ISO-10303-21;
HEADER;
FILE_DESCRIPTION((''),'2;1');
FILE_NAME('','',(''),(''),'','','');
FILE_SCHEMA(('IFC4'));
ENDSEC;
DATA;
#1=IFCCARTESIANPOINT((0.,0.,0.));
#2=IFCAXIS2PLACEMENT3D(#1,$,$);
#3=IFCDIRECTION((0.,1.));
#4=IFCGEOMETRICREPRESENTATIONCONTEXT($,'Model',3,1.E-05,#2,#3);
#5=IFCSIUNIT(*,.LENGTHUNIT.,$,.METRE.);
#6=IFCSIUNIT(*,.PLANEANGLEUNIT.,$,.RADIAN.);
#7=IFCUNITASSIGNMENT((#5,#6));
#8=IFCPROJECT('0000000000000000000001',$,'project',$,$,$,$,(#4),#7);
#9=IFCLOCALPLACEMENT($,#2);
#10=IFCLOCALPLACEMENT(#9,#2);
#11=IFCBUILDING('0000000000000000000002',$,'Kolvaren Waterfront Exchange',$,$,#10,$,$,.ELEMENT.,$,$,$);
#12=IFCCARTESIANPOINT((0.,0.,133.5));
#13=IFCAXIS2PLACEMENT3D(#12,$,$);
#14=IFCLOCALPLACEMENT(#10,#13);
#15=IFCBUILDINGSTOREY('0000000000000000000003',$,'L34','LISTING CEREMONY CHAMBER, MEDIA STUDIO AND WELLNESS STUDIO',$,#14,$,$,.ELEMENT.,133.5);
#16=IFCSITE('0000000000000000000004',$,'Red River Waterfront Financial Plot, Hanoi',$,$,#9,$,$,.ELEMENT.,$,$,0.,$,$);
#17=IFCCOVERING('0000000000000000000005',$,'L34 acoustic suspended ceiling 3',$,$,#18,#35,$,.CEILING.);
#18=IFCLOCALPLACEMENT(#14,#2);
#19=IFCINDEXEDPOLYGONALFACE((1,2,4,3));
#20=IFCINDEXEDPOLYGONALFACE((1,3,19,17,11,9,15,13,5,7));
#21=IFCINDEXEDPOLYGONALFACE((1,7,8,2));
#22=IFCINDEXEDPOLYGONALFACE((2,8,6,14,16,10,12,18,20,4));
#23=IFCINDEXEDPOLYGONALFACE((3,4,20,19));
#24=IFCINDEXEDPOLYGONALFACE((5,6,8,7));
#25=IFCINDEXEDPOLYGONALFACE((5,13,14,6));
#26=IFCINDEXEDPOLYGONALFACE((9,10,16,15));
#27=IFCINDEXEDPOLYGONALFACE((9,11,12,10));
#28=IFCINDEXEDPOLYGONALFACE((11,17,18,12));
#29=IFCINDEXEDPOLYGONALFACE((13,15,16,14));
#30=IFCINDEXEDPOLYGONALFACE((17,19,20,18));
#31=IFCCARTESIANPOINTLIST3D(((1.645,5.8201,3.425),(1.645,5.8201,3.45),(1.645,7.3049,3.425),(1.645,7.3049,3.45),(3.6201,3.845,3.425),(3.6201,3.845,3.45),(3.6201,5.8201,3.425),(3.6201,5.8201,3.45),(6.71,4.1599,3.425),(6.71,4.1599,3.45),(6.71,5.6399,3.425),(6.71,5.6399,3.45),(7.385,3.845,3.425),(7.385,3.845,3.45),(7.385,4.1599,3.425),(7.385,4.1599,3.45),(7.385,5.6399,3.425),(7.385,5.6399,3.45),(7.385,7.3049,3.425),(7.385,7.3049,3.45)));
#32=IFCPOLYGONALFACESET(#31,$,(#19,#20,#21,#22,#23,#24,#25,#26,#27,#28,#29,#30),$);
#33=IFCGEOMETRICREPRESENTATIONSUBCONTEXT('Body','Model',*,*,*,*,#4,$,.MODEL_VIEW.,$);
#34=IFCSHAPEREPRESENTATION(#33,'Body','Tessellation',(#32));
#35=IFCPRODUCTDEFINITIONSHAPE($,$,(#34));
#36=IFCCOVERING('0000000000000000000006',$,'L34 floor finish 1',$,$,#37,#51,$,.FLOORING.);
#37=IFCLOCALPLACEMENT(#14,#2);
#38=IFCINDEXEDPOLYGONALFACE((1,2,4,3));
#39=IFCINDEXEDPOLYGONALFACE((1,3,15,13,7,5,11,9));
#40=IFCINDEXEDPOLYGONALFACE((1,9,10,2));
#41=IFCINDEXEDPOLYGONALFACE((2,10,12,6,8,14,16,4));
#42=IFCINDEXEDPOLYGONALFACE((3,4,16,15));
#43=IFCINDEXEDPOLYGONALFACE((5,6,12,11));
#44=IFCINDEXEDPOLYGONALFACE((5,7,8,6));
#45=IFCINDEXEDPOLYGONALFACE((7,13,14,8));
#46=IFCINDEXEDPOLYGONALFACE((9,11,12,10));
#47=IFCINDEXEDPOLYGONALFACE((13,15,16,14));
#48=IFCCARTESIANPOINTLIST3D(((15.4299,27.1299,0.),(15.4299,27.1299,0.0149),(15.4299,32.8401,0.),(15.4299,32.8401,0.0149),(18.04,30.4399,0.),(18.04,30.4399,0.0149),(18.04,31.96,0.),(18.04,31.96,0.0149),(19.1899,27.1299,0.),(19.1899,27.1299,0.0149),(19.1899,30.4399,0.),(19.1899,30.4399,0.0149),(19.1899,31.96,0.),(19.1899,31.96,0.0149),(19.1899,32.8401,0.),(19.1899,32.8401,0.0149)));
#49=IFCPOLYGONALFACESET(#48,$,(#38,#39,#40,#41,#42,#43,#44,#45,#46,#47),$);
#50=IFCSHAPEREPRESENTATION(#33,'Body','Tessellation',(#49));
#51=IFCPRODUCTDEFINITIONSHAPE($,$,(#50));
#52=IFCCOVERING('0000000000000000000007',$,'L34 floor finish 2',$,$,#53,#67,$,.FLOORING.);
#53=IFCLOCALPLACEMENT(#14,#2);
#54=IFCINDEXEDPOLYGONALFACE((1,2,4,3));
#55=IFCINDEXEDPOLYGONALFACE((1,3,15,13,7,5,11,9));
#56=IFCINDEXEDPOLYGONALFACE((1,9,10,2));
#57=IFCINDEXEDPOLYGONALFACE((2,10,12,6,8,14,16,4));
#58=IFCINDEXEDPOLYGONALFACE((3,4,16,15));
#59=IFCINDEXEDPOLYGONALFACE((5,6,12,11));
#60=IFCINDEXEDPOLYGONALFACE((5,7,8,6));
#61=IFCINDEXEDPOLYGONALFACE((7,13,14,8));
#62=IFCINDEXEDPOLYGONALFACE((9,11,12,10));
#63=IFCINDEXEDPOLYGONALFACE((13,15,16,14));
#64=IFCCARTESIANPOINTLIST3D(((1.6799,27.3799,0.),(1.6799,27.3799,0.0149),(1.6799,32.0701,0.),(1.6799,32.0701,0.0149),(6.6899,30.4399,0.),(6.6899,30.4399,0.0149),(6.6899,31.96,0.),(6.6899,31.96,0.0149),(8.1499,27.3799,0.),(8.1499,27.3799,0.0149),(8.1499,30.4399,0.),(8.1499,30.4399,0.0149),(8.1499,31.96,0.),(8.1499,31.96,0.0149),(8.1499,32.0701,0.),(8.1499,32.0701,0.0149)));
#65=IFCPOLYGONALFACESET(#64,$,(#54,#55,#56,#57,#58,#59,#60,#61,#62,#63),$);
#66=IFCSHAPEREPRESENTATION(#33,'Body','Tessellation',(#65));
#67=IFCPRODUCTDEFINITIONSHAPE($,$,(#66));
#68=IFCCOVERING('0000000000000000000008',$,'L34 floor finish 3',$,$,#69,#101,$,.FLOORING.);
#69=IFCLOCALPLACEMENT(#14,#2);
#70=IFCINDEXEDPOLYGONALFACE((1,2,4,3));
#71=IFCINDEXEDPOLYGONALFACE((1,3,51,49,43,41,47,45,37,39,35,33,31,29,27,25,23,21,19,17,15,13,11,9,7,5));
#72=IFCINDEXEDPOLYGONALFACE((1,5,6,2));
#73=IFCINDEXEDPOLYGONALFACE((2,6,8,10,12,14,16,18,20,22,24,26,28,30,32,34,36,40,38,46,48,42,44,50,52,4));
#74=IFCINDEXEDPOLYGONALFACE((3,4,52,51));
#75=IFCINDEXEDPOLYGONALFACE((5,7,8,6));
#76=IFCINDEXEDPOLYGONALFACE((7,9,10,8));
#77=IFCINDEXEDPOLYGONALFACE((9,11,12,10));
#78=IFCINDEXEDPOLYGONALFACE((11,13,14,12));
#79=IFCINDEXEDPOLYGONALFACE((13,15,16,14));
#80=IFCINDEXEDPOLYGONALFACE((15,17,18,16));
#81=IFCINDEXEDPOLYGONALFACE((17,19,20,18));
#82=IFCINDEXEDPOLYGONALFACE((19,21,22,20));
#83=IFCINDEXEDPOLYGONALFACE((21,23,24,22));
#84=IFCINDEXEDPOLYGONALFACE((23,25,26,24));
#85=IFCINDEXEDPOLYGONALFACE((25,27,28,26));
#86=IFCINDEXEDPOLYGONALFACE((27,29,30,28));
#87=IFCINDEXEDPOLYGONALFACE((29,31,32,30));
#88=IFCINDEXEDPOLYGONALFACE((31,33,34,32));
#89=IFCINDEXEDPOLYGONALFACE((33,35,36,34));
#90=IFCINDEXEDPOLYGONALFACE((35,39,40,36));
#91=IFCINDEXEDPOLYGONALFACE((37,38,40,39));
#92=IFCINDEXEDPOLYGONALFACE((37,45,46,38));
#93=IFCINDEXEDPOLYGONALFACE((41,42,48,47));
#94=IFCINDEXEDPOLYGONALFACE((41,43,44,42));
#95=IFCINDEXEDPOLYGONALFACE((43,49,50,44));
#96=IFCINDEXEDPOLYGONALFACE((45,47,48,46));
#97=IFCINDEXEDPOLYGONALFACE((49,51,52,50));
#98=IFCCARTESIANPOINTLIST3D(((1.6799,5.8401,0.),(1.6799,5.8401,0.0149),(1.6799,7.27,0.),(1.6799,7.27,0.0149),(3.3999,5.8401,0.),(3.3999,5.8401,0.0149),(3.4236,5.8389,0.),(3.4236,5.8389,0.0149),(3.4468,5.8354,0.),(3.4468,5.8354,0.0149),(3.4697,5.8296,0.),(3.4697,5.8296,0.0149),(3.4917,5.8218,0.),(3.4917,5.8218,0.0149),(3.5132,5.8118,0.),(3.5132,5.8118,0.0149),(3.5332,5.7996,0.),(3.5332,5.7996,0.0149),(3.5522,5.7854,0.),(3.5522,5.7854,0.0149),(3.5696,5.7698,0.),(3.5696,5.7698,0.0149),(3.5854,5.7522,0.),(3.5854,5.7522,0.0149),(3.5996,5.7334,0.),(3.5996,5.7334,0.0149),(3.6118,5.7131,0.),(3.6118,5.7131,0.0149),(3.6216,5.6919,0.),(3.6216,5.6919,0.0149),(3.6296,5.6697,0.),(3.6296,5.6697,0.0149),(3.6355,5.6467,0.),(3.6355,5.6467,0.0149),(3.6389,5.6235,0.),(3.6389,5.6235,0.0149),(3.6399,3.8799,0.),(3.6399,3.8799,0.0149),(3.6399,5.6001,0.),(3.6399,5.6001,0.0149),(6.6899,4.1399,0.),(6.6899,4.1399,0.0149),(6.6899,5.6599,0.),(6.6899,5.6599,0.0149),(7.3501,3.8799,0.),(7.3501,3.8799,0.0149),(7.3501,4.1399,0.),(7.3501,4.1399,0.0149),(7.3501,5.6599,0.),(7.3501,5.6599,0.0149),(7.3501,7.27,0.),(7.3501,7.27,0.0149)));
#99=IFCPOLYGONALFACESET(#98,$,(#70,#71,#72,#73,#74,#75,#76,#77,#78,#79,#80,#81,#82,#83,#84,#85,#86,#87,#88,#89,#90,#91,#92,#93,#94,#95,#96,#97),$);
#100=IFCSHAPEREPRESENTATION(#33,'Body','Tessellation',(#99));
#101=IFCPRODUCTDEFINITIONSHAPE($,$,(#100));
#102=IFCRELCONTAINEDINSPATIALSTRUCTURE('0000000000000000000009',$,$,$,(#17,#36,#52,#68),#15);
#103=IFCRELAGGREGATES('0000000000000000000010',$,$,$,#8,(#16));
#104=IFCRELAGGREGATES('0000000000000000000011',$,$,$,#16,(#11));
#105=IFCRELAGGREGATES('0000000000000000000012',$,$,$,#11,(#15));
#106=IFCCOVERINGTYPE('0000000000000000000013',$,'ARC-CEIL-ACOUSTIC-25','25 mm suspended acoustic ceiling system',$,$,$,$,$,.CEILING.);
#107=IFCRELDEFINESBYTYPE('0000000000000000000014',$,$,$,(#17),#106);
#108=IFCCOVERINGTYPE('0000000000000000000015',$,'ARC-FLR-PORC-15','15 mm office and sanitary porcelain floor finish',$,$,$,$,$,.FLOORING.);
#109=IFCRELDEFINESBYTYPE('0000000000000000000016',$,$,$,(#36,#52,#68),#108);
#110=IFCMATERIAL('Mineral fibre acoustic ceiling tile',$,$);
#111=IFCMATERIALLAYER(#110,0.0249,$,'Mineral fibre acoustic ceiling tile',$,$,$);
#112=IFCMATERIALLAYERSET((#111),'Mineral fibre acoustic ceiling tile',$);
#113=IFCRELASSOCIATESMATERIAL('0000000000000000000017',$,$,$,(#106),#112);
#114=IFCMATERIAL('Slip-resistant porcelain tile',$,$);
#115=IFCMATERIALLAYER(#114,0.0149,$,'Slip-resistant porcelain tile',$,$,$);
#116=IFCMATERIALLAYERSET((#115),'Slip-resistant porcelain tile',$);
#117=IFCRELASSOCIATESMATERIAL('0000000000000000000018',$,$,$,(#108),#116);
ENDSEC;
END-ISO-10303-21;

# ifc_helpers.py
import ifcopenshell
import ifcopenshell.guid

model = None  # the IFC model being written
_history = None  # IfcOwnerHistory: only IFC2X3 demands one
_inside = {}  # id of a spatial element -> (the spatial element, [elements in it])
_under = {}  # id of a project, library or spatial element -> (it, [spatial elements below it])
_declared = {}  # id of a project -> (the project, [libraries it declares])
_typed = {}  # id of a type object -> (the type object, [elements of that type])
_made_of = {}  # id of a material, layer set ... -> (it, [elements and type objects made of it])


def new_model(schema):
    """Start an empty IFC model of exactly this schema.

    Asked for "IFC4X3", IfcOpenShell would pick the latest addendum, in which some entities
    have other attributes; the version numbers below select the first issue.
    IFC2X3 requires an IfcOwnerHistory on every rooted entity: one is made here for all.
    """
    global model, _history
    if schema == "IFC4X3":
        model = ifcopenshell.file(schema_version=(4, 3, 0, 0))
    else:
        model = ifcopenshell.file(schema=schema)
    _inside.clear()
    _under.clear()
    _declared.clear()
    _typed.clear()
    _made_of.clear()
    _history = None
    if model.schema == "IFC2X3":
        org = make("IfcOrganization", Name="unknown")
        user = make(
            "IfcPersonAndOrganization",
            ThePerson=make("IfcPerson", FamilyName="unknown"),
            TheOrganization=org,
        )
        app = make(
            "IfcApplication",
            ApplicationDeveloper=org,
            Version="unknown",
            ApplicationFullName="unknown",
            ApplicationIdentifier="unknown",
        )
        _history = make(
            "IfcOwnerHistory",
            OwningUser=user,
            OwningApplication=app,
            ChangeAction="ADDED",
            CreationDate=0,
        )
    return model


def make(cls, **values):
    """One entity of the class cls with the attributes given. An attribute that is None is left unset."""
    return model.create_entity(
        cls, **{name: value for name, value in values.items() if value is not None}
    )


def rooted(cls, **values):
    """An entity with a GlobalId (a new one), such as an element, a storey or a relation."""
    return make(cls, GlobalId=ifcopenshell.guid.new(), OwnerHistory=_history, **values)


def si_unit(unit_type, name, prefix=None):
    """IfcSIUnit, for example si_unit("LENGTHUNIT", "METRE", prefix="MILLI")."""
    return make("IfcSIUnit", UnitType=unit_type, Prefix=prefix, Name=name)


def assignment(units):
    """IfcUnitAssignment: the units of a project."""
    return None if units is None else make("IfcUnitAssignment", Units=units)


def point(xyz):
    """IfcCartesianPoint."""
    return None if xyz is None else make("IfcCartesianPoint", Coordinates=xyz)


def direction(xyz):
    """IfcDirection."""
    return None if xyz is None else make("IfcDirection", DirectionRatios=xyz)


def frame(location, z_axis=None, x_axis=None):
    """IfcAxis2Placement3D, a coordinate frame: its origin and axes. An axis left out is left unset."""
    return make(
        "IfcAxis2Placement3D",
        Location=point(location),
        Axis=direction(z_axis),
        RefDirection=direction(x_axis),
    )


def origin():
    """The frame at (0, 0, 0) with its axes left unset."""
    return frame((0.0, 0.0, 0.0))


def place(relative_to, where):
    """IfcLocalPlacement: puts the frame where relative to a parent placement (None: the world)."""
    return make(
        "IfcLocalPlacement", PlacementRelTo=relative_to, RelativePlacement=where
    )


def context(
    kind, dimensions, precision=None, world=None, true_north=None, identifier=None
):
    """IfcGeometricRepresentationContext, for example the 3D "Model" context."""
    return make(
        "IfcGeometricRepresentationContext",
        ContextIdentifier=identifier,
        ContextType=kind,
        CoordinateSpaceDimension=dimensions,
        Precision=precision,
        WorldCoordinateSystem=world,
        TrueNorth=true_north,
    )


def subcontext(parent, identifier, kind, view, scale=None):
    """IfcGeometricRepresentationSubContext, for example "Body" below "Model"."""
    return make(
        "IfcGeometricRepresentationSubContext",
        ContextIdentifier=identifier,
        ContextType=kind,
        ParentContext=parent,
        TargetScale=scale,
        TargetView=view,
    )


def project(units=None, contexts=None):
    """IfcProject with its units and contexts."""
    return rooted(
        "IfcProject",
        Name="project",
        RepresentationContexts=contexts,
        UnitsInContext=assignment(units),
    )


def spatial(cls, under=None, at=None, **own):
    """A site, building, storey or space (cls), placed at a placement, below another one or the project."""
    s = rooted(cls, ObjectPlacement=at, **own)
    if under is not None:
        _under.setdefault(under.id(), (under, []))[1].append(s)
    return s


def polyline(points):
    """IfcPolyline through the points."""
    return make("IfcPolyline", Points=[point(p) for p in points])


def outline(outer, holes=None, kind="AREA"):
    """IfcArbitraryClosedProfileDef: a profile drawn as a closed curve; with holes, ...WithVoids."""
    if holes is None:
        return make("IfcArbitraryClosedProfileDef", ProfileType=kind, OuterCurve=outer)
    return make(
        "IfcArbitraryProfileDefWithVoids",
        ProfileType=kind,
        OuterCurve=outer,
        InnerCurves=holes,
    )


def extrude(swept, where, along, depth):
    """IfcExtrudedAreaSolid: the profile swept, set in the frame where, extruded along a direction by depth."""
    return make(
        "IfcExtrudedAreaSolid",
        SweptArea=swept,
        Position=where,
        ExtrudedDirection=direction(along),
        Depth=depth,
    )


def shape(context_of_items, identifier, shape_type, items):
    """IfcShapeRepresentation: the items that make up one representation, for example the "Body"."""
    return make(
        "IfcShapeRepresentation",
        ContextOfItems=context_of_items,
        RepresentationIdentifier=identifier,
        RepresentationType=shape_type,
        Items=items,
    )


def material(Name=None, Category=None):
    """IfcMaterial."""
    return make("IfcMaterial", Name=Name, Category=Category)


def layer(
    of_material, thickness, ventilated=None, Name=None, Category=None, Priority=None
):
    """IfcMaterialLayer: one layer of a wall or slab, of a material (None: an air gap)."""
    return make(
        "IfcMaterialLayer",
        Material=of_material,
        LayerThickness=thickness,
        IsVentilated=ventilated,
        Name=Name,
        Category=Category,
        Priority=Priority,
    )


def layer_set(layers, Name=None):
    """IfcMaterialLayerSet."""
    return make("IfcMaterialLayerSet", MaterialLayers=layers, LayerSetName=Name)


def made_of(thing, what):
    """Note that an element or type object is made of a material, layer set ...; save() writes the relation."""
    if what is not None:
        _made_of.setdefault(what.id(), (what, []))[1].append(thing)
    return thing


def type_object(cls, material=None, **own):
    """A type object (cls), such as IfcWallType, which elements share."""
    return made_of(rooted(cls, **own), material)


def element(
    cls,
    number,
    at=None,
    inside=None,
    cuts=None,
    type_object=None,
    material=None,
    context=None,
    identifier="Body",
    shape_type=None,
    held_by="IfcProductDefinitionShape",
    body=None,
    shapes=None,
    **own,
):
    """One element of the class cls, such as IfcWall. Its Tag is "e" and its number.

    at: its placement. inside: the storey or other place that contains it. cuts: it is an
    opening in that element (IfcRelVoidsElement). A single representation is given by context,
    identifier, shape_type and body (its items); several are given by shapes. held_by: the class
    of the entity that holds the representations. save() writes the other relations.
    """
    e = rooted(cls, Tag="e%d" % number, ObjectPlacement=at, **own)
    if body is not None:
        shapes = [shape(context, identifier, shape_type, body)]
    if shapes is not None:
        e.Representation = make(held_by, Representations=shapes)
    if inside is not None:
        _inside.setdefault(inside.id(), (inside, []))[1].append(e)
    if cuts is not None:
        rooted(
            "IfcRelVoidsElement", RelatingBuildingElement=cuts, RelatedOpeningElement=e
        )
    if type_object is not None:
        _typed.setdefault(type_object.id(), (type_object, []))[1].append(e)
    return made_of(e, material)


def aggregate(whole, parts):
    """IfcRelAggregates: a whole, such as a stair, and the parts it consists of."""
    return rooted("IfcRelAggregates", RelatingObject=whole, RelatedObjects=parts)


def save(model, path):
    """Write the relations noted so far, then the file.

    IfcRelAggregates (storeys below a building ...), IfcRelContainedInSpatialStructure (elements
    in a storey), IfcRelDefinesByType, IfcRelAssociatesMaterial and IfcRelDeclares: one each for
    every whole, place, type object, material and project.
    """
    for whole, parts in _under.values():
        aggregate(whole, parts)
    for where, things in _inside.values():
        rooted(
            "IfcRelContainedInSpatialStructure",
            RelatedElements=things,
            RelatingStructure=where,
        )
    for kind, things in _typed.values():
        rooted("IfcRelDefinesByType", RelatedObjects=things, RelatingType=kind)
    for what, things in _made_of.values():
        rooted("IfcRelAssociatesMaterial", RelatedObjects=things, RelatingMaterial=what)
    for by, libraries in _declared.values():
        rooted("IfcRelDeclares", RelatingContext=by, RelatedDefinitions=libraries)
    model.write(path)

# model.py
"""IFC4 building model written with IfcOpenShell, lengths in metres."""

from ifc_helpers import new_model, si_unit, direction, frame, origin, place, context, subcontext, project, spatial, polyline, outline, extrude, material, layer, layer_set, type_object, element, save


model = new_model("IFC4")

# Units and contexts
model_context = context("Model", 3, precision=1e-05, world=origin(), true_north=direction((0.0, 1.0)))
body_context = subcontext(model_context, "Body", "Model", "MODEL_VIEW")
ifc_project = project(units=[si_unit("LENGTHUNIT", "METRE"), si_unit("PLANEANGLEUNIT", "RADIAN")], contexts=[model_context])

# Site, building, storey
site_placement = place(None, origin())
site = spatial("IfcSite", under=ifc_project, at=site_placement, Name="Red River Waterfront Financial Plot, Hanoi", CompositionType="ELEMENT", RefElevation=0.0)
building_placement = place(site_placement, origin())
building = spatial("IfcBuilding", under=site, at=building_placement, Name="Kolvaren Waterfront Exchange", CompositionType="ELEMENT")
storey_placement = place(building_placement, frame((0.0, 0.0, 133.5)))
storey = spatial("IfcBuildingStorey", under=building, at=storey_placement, Name="L34", Description="LISTING CEREMONY CHAMBER, MEDIA STUDIO AND WELLNESS STUDIO", CompositionType="ELEMENT", Elevation=133.5)

# Coverings
ifc_material_1 = material(Name="Mineral fibre acoustic ceiling tile")
ifc_layer_1 = layer(ifc_material_1, 0.0249, Name="Mineral fibre acoustic ceiling tile")
ifc_layer_set_1 = layer_set([ifc_layer_1], Name="Mineral fibre acoustic ceiling tile")
covering_type_1 = type_object("IfcCoveringType", Name="ARC-CEIL-ACOUSTIC-25", Description="25 mm suspended acoustic ceiling system", PredefinedType="CEILING", material=ifc_layer_set_1)
covering_1_placement = place(storey_placement, frame((0.0, 0.0, 3.425)))
element("IfcCovering", 1, at=covering_1_placement, inside=storey, type_object=covering_type_1, Name="L34 acoustic suspended ceiling 3", PredefinedType="CEILING", context=body_context, shape_type="SweptSolid", body=[
    extrude(outline(polyline([(7.385, 4.1599), (6.71, 4.1599), (6.71, 5.6399), (7.385, 5.6399), (7.385, 7.3049), (1.645, 7.3049), (1.645, 5.8201), (3.6201, 5.8201), (3.6201, 3.845), (7.385, 3.845), (7.385, 4.1599)])), origin(), (0.0, 0.0, 1.0), 0.0249),
])
ifc_material_2 = material(Name="Slip-resistant porcelain tile")
ifc_layer_2 = layer(ifc_material_2, 0.0149, Name="Slip-resistant porcelain tile")
ifc_layer_set_2 = layer_set([ifc_layer_2], Name="Slip-resistant porcelain tile")
covering_type_2 = type_object("IfcCoveringType", Name="ARC-FLR-PORC-15", Description="15 mm office and sanitary porcelain floor finish", PredefinedType="FLOORING", material=ifc_layer_set_2)
covering_2_placement = place(storey_placement, origin())
element("IfcCovering", 2, at=covering_2_placement, inside=storey, type_object=covering_type_2, Name="L34 floor finish 1", PredefinedType="FLOORING", context=body_context, shape_type="SweptSolid", body=[
    extrude(outline(polyline([(15.4299, 32.8401), (15.4299, 27.1299), (19.1899, 27.1299), (19.1899, 30.4399), (18.04, 30.4399), (18.04, 31.96), (19.1899, 31.96), (19.1899, 32.8401), (15.4299, 32.8401)])), origin(), (0.0, 0.0, 1.0), 0.0149),
])
covering_3_placement = place(storey_placement, origin())
element("IfcCovering", 3, at=covering_3_placement, inside=storey, type_object=covering_type_2, Name="L34 floor finish 2", PredefinedType="FLOORING", context=body_context, shape_type="SweptSolid", body=[
    extrude(outline(polyline([(1.6799, 32.0701), (1.6799, 27.3799), (8.1499, 27.3799), (8.1499, 30.4399), (6.6899, 30.4399), (6.6899, 31.96), (8.1499, 31.96), (8.1499, 32.0701), (1.6799, 32.0701)])), origin(), (0.0, 0.0, 1.0), 0.0149),
])
covering_4_placement = place(storey_placement, origin())
element("IfcCovering", 4, at=covering_4_placement, inside=storey, type_object=covering_type_2, Name="L34 floor finish 3", PredefinedType="FLOORING", context=body_context, shape_type="SweptSolid", body=[
    extrude(outline(polyline([(7.3501, 7.27), (1.6799, 7.27), (1.6799, 5.8401), (3.3999, 5.8401), (3.4236, 5.8389), (3.4468, 5.8354), (3.4697, 5.8296), (3.4917, 5.8218), (3.5132, 5.8118), (3.5332, 5.7996), (3.5522, 5.7854), (3.5696, 5.7698), (3.5854, 5.7522), (3.5996, 5.7334), (3.6118, 5.7131), (3.6216, 5.6919), (3.6296, 5.6697), (3.6355, 5.6467), (3.6389, 5.6235), (3.6399, 5.6001), (3.6399, 3.8799), (7.3501, 3.8799), (7.3501, 4.1399), (6.6899, 4.1399), (6.6899, 5.6599), (7.3501, 5.6599), (7.3501, 7.27)])), origin(), (0.0, 0.0, 1.0), 0.0149),
])

save(model, "model.ifc")
